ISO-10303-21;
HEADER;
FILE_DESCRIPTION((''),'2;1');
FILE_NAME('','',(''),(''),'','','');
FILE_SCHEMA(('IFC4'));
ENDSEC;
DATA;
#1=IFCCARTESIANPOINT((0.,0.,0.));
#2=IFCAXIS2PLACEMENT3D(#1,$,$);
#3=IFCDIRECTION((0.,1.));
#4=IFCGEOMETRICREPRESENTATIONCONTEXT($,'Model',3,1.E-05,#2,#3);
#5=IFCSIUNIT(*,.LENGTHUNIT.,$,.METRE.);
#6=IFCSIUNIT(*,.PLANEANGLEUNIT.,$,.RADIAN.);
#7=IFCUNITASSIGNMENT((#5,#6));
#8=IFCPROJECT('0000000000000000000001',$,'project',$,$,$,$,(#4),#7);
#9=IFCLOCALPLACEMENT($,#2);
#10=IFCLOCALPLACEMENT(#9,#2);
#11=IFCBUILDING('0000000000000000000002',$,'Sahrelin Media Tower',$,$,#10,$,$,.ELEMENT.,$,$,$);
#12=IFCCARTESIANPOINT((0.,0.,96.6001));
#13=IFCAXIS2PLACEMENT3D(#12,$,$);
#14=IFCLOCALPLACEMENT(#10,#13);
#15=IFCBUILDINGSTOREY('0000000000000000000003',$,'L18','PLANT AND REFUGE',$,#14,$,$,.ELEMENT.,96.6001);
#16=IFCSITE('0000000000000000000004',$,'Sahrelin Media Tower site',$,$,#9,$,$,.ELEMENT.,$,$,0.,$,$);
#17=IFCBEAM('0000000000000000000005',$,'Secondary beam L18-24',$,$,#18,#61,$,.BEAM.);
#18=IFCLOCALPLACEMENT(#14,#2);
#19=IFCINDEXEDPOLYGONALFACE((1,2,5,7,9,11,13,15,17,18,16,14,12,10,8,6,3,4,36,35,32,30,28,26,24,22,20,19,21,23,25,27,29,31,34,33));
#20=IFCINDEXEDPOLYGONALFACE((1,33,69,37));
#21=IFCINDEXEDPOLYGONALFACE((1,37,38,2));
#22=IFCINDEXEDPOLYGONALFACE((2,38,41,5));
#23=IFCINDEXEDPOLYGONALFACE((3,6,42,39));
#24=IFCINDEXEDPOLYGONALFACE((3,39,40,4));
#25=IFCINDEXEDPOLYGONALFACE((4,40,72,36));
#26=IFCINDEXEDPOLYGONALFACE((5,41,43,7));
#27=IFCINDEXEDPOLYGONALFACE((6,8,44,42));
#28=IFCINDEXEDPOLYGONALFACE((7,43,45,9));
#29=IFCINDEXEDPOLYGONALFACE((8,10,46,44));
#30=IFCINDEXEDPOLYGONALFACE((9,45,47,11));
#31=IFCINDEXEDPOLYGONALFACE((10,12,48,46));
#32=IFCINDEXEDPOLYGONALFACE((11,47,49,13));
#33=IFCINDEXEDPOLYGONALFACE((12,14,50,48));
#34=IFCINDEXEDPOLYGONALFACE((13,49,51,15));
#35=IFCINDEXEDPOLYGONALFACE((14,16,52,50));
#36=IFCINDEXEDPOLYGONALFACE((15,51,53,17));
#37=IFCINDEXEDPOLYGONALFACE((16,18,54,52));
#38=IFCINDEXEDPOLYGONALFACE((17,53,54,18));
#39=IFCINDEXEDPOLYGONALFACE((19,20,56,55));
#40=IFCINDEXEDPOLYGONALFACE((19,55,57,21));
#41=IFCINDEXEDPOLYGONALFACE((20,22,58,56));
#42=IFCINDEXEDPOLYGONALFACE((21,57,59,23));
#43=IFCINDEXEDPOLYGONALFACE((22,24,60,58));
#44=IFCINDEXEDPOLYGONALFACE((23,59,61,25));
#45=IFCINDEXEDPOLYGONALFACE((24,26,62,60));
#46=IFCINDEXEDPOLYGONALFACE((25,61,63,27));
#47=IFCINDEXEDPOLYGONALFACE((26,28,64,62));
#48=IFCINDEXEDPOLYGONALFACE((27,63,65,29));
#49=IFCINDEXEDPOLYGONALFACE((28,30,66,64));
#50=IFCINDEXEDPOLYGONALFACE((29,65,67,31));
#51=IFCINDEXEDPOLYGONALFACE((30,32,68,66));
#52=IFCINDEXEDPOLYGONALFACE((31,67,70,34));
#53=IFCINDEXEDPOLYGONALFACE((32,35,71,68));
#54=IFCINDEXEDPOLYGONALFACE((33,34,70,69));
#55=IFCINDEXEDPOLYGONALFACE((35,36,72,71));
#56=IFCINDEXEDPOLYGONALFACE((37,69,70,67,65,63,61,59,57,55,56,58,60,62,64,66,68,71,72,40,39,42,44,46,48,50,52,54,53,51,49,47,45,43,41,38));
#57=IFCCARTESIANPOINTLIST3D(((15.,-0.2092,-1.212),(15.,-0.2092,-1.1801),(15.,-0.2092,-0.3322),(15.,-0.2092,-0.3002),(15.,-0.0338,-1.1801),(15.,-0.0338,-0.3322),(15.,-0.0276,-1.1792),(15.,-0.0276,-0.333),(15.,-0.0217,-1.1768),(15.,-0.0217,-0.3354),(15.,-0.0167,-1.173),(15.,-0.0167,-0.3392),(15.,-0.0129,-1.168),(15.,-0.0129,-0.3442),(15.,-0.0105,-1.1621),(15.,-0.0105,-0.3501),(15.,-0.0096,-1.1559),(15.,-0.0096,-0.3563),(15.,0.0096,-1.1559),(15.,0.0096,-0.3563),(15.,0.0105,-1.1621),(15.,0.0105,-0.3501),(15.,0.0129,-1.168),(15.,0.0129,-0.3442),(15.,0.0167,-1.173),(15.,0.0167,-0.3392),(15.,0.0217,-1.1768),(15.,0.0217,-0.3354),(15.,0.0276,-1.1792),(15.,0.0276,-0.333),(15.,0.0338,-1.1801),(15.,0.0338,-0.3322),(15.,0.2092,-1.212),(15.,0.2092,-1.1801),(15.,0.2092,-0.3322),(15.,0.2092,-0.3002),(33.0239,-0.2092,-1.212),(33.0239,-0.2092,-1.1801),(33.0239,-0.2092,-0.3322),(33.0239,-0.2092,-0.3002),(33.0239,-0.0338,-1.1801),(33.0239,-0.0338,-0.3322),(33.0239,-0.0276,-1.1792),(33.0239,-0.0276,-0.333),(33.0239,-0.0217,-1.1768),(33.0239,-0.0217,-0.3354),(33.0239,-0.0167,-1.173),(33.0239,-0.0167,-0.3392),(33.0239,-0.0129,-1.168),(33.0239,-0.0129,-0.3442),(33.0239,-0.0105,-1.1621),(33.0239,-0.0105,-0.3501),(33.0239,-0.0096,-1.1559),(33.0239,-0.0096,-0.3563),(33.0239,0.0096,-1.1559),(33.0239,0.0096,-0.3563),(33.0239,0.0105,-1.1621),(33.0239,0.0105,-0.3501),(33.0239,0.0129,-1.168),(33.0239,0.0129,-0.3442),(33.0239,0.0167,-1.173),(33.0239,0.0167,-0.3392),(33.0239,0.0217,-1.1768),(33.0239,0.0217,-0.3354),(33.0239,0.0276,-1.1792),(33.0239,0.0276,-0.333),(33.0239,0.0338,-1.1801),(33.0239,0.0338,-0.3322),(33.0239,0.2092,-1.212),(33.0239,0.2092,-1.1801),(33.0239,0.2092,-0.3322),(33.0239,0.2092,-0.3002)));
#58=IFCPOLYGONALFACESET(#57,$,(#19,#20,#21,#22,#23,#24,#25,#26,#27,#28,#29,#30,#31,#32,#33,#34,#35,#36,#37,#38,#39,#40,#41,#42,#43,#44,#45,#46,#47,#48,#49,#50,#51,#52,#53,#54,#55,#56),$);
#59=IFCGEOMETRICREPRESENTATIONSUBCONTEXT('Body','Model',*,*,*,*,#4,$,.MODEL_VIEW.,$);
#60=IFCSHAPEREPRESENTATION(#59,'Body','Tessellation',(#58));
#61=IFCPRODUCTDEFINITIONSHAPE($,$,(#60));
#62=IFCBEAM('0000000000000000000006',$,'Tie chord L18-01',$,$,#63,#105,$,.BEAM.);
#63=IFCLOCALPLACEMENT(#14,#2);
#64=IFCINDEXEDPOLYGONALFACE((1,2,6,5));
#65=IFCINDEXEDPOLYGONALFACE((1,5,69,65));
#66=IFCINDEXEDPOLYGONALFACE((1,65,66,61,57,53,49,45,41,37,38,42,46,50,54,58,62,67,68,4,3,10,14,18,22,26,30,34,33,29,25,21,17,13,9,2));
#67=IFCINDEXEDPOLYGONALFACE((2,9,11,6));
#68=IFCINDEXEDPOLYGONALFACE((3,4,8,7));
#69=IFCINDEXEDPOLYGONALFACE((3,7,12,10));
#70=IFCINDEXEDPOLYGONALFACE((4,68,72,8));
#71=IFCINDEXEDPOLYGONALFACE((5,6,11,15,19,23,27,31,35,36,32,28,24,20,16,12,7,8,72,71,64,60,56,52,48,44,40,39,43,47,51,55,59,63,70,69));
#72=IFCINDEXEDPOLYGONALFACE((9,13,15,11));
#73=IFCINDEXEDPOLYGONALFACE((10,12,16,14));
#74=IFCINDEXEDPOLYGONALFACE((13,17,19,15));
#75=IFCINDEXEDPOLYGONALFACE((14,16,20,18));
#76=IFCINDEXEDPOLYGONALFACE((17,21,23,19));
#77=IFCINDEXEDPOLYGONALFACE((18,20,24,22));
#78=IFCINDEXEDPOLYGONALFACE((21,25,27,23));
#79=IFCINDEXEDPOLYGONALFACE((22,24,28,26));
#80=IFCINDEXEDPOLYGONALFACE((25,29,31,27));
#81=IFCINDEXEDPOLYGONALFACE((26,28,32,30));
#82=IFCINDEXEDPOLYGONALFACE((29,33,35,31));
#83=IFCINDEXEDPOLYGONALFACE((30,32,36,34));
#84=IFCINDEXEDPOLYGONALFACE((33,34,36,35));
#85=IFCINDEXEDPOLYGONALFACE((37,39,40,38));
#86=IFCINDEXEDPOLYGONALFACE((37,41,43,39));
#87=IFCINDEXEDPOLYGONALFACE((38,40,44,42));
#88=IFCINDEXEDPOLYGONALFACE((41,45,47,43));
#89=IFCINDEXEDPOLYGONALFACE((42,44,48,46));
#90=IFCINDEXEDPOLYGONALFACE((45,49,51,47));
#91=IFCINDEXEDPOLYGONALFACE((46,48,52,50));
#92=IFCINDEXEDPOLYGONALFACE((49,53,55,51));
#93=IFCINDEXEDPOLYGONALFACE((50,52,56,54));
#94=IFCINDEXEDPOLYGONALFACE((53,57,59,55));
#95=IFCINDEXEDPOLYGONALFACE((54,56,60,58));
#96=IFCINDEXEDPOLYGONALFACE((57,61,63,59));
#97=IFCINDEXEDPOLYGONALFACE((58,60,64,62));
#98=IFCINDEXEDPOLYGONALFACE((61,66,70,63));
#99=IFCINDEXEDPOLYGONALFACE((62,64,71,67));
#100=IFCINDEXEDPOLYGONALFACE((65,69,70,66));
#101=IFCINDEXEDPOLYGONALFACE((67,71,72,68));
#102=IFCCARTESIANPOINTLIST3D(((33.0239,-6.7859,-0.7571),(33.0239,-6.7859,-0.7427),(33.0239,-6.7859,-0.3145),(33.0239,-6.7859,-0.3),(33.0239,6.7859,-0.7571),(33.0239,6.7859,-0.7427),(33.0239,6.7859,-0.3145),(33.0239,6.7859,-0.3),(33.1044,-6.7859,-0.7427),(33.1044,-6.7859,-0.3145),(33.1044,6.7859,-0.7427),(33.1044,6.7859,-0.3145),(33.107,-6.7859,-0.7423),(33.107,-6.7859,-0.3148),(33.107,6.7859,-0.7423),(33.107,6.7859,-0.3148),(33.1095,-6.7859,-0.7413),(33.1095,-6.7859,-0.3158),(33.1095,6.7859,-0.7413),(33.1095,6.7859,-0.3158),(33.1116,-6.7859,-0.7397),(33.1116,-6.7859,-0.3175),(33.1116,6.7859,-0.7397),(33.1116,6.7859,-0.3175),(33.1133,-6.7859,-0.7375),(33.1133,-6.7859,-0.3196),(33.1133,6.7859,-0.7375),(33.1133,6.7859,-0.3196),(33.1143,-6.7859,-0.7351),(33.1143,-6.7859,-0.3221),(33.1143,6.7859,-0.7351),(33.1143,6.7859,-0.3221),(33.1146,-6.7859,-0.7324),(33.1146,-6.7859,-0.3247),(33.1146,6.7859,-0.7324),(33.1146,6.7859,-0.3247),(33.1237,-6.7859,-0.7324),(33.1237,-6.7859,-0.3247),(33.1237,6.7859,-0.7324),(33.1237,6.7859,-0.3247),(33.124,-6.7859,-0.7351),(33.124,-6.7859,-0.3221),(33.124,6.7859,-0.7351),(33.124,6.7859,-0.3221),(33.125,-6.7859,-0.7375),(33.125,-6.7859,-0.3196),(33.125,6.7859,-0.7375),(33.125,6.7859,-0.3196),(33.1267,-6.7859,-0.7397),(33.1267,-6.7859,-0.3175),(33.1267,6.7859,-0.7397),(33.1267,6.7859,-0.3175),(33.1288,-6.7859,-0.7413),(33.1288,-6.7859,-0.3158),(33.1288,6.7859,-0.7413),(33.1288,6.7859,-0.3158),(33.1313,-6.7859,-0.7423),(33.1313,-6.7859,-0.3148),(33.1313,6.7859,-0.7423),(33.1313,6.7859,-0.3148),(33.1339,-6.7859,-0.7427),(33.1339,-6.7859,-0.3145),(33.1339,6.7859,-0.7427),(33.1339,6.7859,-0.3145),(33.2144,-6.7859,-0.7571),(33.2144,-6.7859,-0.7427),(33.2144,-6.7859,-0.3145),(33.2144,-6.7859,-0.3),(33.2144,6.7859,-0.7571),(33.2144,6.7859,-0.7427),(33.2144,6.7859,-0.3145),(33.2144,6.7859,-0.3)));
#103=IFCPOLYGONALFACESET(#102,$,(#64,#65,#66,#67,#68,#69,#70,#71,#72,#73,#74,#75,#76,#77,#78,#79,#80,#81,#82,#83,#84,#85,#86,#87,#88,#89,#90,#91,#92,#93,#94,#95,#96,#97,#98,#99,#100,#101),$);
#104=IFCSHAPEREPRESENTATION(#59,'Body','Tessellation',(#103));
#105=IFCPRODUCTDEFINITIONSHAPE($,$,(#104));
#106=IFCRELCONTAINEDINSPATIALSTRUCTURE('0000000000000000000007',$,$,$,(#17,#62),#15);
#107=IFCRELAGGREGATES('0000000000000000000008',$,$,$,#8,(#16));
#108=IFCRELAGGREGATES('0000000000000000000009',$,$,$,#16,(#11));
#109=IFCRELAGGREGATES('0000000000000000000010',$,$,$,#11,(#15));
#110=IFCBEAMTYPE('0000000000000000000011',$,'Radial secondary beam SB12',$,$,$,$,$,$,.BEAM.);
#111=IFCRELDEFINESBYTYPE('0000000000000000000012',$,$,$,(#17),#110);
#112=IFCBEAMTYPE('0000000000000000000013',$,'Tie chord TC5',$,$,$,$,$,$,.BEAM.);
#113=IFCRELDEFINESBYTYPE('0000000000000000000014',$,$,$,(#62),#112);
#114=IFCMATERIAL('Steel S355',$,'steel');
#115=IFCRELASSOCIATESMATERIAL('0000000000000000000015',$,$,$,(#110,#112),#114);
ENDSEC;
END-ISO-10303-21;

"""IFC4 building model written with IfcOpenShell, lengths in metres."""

from ifc_helpers import new_model, si_unit, direction, frame, origin, origin_2d, place, context, subcontext, project, spatial, i_section, extrude, material, material_profile, profile_set, type_object, element, save


model = new_model("IFC4")

# Units and contexts
model_context = context("Model", 3, precision=1e-05, world=origin(), true_north=direction((0.0, 1.0)))
body_context = subcontext(model_context, "Body", "Model", "MODEL_VIEW")
ifc_project = project(units=[si_unit("LENGTHUNIT", "METRE"), si_unit("PLANEANGLEUNIT", "RADIAN")], contexts=[model_context])

# Site, building, storey
site_placement = place(None, origin())
site = spatial("IfcSite", under=ifc_project, at=site_placement, Name="Sahrelin Media Tower site", CompositionType="ELEMENT", RefElevation=0.0)
building_placement = place(site_placement, origin())
building = spatial("IfcBuilding", under=site, at=building_placement, Name="Sahrelin Media Tower", CompositionType="ELEMENT")
storey_placement = place(building_placement, frame((0.0, 0.0, 96.6001)))
storey = spatial("IfcBuildingStorey", under=building, at=storey_placement, Name="L18", Description="PLANT AND REFUGE", CompositionType="ELEMENT", Elevation=96.6001)

# Beams
ifc_material_1 = material(Name="Steel S355", Category="steel")
ifc_material_profile_1 = material_profile(ifc_material_1, i_section(OverallWidth=0.4185, OverallDepth=0.9119, WebThickness=0.0193, FlangeThickness=0.032, FilletRadius=0.0242, at=origin_2d()), Name="UB 914x419x343")
ifc_profile_set_1 = profile_set([ifc_material_profile_1], Name="Steel S355")
beam_type_1 = type_object("IfcBeamType", Name="Radial secondary beam SB12", PredefinedType="BEAM", material=ifc_profile_set_1)
beam_1_placement = place(storey_placement, frame((15.0, 0.0, -0.7561), z_axis=(1.0, 0.0, 0.0), x_axis=(0.0, 1.0, 0.0)))
element("IfcBeam", 1, at=beam_1_placement, inside=storey, type_object=beam_type_1, Name="Secondary beam L18-24", PredefinedType="BEAM", context=body_context, shape_type="SweptSolid", body=[
    extrude(i_section(OverallWidth=0.4185, OverallDepth=0.9119, WebThickness=0.0193, FlangeThickness=0.032, FilletRadius=0.0242, at=origin_2d()), origin(), (0.0, 0.0, 1.0), 18.0239),
])
ifc_material_profile_2 = material_profile(ifc_material_1, i_section(OverallWidth=0.1904, OverallDepth=0.457, WebThickness=0.009, FlangeThickness=0.0144, FilletRadius=0.0103, at=origin_2d()), Name="UB 457x191x74")
ifc_profile_set_2 = profile_set([ifc_material_profile_2], Name="Steel S355")
beam_type_2 = type_object("IfcBeamType", Name="Tie chord TC5", PredefinedType="BEAM", material=ifc_profile_set_2)
beam_2_placement = place(storey_placement, frame((33.1191, 6.7859, -0.5286), z_axis=(0.0, -1.0, 0.0), x_axis=(1.0, 0.0, 0.0)))
element("IfcBeam", 2, at=beam_2_placement, inside=storey, type_object=beam_type_2, Name="Tie chord L18-01", PredefinedType="BEAM", context=body_context, shape_type="SweptSolid", body=[
    extrude(i_section(OverallWidth=0.1904, OverallDepth=0.457, WebThickness=0.009, FlangeThickness=0.0144, FilletRadius=0.0103, at=origin_2d()), origin(), (0.0, 0.0, 1.0), 13.5718),
])

save(model, "model.ifc")
